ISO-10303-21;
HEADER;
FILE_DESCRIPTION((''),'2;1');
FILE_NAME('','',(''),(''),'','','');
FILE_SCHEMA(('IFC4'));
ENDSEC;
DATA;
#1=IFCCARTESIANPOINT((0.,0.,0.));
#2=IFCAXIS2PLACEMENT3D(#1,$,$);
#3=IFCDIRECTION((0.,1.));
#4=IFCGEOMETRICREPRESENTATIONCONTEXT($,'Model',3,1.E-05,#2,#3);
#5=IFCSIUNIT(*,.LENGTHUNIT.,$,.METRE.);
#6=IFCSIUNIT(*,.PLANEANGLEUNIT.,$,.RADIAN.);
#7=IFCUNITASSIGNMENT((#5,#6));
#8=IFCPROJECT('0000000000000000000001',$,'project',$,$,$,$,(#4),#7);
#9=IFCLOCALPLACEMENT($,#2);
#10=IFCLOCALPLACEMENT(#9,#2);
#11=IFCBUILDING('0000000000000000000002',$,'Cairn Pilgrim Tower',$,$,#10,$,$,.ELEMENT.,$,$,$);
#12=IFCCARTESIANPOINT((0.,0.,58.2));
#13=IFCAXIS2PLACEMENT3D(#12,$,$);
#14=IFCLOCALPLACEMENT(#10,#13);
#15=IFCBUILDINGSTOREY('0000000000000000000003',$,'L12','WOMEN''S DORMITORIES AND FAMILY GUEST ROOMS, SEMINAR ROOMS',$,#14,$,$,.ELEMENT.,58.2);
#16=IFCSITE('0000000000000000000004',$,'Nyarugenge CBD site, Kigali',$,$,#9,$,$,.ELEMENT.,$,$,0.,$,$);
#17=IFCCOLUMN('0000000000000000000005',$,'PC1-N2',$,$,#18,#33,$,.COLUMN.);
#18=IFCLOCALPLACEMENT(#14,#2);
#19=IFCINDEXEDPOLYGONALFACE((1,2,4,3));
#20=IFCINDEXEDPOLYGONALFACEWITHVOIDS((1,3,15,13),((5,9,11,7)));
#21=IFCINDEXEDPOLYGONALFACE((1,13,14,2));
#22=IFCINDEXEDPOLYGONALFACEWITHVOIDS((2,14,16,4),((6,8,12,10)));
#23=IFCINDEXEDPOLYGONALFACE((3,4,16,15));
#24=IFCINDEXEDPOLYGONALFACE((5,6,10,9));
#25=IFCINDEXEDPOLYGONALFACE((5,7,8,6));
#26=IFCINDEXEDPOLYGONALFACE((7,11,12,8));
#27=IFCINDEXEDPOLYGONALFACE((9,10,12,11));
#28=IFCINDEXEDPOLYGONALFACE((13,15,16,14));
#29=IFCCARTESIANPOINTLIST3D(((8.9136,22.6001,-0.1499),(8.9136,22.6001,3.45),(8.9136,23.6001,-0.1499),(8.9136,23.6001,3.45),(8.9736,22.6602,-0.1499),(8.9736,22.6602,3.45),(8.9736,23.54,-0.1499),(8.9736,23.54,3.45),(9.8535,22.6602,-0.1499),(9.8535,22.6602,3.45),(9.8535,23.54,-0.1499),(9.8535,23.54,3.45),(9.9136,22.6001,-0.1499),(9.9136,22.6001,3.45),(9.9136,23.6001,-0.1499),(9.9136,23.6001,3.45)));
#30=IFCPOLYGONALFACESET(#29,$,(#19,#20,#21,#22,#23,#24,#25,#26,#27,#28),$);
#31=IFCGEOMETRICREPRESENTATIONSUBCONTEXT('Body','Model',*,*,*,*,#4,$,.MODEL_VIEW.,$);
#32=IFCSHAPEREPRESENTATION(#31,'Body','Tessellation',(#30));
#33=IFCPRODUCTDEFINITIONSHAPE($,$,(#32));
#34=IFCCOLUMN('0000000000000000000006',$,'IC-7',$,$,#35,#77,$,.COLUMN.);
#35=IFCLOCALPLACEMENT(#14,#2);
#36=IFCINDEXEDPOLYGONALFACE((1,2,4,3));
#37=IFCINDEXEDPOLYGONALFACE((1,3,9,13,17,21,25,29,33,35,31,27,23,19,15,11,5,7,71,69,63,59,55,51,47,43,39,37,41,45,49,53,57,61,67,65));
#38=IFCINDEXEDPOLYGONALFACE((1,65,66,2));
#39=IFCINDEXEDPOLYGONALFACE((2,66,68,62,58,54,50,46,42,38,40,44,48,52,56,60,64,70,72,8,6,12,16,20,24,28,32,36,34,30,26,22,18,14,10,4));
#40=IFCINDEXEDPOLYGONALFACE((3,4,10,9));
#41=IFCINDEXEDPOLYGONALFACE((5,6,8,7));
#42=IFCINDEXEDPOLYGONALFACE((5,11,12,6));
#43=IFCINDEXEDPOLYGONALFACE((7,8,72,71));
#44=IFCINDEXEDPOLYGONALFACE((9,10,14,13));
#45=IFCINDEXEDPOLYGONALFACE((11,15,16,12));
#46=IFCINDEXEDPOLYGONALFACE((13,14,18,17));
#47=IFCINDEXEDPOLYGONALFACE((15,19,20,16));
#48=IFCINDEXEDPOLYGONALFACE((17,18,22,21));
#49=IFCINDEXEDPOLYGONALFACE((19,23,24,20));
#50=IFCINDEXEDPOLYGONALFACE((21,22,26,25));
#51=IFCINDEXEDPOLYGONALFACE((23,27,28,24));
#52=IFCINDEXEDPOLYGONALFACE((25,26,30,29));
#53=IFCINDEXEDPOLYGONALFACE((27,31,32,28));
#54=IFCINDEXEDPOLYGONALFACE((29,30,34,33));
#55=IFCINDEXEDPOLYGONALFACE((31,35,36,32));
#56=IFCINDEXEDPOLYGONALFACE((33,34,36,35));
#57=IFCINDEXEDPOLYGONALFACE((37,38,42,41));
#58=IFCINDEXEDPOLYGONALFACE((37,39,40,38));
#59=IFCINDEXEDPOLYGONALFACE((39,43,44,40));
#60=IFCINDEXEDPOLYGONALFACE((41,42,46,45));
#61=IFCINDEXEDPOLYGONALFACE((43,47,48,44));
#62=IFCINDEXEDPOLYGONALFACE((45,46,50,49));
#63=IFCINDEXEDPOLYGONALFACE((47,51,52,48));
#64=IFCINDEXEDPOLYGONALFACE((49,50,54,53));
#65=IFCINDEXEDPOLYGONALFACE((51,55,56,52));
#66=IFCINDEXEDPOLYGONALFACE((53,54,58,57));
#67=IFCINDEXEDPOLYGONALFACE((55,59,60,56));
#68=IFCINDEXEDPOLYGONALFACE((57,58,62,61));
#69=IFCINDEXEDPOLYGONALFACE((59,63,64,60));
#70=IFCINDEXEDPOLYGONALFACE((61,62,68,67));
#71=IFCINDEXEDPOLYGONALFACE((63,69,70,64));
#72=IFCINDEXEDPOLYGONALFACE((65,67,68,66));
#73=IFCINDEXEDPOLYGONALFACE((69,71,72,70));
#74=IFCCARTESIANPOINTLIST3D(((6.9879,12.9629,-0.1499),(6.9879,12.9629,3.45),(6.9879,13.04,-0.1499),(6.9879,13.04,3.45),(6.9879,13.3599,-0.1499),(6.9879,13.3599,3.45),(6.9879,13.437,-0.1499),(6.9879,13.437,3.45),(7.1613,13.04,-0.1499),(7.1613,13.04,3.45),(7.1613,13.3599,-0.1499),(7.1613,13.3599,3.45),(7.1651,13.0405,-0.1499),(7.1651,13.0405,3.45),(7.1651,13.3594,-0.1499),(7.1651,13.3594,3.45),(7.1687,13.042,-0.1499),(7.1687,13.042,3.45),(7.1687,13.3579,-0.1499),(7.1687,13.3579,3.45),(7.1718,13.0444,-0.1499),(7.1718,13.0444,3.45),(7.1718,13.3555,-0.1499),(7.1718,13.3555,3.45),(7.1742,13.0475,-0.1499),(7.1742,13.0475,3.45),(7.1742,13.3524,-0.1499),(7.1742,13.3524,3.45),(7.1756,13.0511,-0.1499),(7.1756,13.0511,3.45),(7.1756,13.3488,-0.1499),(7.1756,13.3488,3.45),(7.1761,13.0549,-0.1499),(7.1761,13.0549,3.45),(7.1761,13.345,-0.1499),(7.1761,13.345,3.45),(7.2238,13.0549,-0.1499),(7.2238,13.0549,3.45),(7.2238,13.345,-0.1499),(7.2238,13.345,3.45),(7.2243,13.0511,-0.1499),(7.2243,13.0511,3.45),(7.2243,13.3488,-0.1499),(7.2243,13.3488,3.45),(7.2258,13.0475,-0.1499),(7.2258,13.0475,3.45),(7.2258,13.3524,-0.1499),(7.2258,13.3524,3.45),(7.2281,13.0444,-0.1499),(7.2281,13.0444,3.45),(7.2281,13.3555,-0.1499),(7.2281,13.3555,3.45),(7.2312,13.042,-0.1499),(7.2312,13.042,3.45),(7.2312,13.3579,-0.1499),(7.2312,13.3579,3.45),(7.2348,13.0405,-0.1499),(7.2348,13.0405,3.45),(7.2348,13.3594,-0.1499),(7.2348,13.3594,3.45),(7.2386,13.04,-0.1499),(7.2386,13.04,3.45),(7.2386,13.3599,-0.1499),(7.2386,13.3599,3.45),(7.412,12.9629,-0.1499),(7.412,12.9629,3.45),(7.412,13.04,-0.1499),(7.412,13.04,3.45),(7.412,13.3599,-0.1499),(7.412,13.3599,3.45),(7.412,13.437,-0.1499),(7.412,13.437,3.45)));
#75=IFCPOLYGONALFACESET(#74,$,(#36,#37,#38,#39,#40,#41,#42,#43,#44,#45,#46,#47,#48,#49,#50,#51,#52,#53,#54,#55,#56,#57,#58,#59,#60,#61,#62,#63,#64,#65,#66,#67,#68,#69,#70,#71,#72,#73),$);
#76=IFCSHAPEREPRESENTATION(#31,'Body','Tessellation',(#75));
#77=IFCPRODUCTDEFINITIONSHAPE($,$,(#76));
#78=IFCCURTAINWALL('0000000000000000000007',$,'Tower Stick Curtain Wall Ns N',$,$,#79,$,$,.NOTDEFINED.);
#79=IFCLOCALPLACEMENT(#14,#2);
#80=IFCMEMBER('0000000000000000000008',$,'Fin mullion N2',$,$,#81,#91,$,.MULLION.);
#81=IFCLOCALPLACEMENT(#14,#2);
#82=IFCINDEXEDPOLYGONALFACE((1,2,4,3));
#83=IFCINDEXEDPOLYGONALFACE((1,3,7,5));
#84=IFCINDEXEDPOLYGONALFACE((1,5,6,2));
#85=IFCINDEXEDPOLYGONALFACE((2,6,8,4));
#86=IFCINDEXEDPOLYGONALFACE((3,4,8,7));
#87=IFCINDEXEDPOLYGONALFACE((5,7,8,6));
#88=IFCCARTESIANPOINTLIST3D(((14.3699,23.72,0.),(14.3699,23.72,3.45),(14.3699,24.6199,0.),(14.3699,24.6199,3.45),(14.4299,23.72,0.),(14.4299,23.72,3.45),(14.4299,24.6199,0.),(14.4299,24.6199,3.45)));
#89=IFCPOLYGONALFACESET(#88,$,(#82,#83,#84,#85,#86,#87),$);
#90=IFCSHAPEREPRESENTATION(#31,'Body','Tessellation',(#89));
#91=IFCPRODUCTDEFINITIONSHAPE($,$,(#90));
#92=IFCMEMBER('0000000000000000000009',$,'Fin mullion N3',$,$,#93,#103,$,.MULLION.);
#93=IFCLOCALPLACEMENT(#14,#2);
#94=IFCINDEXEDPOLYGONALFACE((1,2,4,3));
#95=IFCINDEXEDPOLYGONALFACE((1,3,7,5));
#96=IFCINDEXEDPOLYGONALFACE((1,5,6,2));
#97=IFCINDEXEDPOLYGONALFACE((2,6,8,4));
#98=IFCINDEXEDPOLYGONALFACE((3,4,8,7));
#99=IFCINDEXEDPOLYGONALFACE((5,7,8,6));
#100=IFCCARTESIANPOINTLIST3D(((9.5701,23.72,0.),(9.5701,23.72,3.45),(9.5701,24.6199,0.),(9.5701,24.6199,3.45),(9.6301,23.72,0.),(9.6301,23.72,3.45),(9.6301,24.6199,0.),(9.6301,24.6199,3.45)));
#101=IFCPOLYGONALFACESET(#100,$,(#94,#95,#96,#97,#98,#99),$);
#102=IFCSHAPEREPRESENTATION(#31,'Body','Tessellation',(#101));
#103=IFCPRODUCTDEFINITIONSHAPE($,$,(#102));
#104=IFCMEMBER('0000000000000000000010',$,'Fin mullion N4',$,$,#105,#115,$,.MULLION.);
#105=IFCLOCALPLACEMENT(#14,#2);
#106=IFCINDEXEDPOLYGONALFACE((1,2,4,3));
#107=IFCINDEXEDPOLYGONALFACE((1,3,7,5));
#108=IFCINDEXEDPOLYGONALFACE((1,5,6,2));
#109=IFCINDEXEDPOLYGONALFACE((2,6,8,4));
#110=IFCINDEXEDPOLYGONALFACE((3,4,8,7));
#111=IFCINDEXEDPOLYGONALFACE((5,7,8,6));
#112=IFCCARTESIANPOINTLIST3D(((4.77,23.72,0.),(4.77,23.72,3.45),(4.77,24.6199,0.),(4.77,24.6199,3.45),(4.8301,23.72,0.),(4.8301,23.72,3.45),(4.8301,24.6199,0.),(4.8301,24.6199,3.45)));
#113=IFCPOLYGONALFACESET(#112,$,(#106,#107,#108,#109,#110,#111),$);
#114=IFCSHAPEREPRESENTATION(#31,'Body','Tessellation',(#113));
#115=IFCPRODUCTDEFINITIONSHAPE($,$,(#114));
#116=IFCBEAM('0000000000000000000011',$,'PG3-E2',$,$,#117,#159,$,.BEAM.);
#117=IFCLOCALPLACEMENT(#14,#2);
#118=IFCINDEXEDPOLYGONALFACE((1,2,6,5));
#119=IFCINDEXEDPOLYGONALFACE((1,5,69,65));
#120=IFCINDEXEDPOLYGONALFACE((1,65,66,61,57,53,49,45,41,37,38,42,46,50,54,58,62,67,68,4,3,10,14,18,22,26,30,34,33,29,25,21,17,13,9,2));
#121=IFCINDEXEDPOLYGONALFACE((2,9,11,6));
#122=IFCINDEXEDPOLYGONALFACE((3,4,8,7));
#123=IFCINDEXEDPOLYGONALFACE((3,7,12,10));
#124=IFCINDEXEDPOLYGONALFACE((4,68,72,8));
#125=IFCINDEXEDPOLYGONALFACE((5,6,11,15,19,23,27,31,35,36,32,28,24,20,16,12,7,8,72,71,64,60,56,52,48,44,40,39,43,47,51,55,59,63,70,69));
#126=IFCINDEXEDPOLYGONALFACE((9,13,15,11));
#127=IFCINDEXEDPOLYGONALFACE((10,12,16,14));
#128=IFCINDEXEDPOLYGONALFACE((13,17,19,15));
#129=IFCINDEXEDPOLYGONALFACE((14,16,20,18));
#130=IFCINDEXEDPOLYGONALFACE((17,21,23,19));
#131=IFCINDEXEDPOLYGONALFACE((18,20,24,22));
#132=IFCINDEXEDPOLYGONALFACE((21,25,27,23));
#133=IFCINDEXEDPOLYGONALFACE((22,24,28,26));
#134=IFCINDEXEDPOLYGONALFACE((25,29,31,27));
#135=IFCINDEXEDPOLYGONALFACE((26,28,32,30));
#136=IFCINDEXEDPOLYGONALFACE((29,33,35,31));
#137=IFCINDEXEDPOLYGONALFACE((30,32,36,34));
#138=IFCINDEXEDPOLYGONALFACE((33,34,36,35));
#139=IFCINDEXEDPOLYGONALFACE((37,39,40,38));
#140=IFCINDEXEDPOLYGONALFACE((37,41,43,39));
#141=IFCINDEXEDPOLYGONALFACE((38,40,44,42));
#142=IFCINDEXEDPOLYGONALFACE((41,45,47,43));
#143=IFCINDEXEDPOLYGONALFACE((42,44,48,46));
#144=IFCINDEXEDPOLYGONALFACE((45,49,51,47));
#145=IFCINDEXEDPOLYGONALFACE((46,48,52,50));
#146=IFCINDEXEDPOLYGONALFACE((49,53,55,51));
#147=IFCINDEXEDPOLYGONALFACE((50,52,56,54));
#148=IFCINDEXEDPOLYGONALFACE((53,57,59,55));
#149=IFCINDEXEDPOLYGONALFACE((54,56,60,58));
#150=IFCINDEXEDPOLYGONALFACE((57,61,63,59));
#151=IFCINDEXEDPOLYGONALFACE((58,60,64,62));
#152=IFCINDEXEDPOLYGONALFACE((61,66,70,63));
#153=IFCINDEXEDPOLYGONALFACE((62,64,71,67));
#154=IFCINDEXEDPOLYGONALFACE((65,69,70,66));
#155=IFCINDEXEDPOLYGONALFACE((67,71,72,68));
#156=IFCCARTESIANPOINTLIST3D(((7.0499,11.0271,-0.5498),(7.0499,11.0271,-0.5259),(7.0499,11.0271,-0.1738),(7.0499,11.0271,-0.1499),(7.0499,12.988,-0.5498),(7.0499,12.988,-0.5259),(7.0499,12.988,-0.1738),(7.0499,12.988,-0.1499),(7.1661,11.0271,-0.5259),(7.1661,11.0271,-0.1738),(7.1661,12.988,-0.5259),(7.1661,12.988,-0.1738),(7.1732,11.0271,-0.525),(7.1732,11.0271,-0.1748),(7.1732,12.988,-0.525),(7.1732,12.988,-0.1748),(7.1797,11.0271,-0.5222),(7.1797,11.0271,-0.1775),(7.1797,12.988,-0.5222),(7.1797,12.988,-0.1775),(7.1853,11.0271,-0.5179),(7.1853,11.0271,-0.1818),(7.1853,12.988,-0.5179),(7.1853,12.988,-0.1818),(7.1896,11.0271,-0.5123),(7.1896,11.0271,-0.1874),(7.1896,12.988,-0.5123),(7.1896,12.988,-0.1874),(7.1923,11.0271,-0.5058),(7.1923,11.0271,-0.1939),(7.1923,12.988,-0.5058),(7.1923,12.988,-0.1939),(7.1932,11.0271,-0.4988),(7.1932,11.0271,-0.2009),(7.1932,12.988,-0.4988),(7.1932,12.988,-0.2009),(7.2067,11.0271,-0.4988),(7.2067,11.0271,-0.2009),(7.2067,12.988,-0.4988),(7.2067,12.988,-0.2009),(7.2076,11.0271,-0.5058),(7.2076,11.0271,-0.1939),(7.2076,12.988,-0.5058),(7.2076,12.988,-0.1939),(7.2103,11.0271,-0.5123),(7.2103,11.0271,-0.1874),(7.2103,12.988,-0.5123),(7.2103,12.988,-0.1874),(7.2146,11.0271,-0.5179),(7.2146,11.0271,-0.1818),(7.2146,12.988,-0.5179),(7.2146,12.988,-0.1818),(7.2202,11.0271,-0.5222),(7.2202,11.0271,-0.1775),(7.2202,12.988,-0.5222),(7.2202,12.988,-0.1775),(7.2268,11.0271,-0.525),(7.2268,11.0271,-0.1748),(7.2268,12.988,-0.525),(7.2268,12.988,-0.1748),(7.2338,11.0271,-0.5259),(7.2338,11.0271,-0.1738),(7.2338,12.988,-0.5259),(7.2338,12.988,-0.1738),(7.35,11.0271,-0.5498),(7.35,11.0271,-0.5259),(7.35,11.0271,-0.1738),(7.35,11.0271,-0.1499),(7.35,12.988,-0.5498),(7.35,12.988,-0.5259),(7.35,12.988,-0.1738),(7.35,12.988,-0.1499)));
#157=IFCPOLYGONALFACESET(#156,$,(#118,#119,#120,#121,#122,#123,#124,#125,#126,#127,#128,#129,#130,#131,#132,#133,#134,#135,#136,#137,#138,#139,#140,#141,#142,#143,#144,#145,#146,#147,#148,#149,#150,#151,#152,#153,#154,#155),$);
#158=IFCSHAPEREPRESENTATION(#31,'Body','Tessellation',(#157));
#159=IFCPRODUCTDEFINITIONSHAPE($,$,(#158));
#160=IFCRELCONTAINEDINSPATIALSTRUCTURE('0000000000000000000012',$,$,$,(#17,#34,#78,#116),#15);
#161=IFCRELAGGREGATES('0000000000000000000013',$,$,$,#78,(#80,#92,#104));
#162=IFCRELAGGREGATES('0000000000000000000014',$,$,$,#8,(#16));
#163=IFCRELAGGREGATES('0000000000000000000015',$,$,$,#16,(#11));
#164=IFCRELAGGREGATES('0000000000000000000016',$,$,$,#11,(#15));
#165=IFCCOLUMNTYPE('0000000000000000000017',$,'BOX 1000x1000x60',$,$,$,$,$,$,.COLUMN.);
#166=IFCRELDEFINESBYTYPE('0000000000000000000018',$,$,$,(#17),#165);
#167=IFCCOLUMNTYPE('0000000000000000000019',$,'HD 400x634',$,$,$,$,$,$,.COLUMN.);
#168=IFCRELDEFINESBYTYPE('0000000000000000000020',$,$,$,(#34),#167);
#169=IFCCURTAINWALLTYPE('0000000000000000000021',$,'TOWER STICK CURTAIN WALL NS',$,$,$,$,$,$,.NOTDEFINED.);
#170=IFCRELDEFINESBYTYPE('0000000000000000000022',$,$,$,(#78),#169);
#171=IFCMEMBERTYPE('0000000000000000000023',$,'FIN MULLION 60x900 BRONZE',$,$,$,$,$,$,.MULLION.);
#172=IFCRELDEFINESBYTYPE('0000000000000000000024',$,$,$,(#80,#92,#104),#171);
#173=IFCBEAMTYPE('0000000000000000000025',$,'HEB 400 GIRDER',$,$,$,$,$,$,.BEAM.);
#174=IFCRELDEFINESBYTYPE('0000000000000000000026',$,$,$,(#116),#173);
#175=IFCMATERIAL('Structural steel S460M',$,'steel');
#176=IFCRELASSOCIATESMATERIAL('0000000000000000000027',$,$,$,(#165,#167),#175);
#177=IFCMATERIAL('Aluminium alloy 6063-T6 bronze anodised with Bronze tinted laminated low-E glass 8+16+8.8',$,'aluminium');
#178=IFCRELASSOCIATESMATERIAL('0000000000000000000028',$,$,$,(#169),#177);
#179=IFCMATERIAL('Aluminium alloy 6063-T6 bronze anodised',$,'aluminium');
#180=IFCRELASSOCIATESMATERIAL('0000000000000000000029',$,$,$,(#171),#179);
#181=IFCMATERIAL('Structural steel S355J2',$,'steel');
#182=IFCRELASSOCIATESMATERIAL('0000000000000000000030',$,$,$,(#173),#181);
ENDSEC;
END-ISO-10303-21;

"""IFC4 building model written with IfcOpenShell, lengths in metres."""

from ifc_helpers import new_model, si_unit, direction, frame, origin, origin_2d, place, context, subcontext, project, spatial, rectangle, hollow_rectangle, i_section, extrude, material, material_profile, profile_set, type_object, element, aggregate, save


model = new_model("IFC4")

# Units and contexts
model_context = context("Model", 3, precision=1e-05, world=origin(), true_north=direction((0.0, 1.0)))
body_context = subcontext(model_context, "Body", "Model", "MODEL_VIEW")
ifc_project = project(units=[si_unit("LENGTHUNIT", "METRE"), si_unit("PLANEANGLEUNIT", "RADIAN")], contexts=[model_context])

# Site, building, storey
site_placement = place(None, origin())
site = spatial("IfcSite", under=ifc_project, at=site_placement, Name="Nyarugenge CBD site, Kigali", CompositionType="ELEMENT", RefElevation=0.0)
building_placement = place(site_placement, origin())
building = spatial("IfcBuilding", under=site, at=building_placement, Name="Cairn Pilgrim Tower", CompositionType="ELEMENT")
storey_placement = place(building_placement, frame((0.0, 0.0, 58.2)))
storey = spatial("IfcBuildingStorey", under=building, at=storey_placement, Name="L12", Description="WOMEN'S DORMITORIES AND FAMILY GUEST ROOMS, SEMINAR ROOMS", CompositionType="ELEMENT", Elevation=58.2)

# Columns
ifc_material_1 = material(Name="Structural steel S460M", Category="steel")
ifc_material_profile_1 = material_profile(ifc_material_1, hollow_rectangle(XDim=1.0, YDim=1.0, WallThickness=0.0601, at=origin_2d()), Name="BOX 1000x1000x60")
ifc_profile_set_1 = profile_set([ifc_material_profile_1], Name="Structural steel S460M")
column_type_1 = type_object("IfcColumnType", Name="BOX 1000x1000x60", PredefinedType="COLUMN", material=ifc_profile_set_1)
column_1_placement = place(storey_placement, frame((9.4136, 23.1001, -0.1499), z_axis=(0.0, 0.0, 1.0), x_axis=(1.0, 0.0, 0.0)))
element("IfcColumn", 1, at=column_1_placement, inside=storey, type_object=column_type_1, Name="PC1-N2", PredefinedType="COLUMN", context=body_context, shape_type="SweptSolid", body=[
    extrude(hollow_rectangle(XDim=1.0, YDim=1.0, WallThickness=0.0601, at=origin_2d()), origin(), (0.0, 0.0, 1.0), 3.5999),
])
ifc_material_profile_2 = material_profile(ifc_material_1, i_section(OverallWidth=0.4241, OverallDepth=0.4741, WebThickness=0.0476, FlangeThickness=0.0771, FilletRadius=0.0149, at=origin_2d()), Name="HD 400x634")
ifc_profile_set_2 = profile_set([ifc_material_profile_2], Name="Structural steel S460M")
column_type_2 = type_object("IfcColumnType", Name="HD 400x634", PredefinedType="COLUMN", material=ifc_profile_set_2)
column_2_placement = place(storey_placement, frame((7.2, 13.2, -0.1499), z_axis=(0.0, 0.0, 1.0), x_axis=(1.0, 0.0, 0.0)))
element("IfcColumn", 2, at=column_2_placement, inside=storey, type_object=column_type_2, Name="IC-7", PredefinedType="COLUMN", context=body_context, shape_type="SweptSolid", body=[
    extrude(i_section(OverallWidth=0.4241, OverallDepth=0.4741, WebThickness=0.0476, FlangeThickness=0.0771, FilletRadius=0.0149, at=origin_2d()), origin(), (0.0, 0.0, 1.0), 3.5999),
])

# Curtain wall, members
ifc_material_2 = material(Name="Aluminium alloy 6063-T6 bronze anodised with Bronze tinted laminated low-E glass 8+16+8.8", Category="aluminium")
curtain_wall_type = type_object("IfcCurtainWallType", Name="TOWER STICK CURTAIN WALL NS", PredefinedType="NOTDEFINED", material=ifc_material_2)
curtain_wall_placement = place(storey_placement, origin())
curtain_wall = element("IfcCurtainWall", 3, at=curtain_wall_placement, inside=storey, type_object=curtain_wall_type, Name="Tower Stick Curtain Wall Ns N", PredefinedType="NOTDEFINED")
ifc_material_3 = material(Name="Aluminium alloy 6063-T6 bronze anodised", Category="aluminium")
ifc_material_profile_3 = material_profile(ifc_material_3, rectangle(XDim=0.8999, YDim=0.0601, at=origin_2d()), Name="FIN MULLION 60x900 BRONZE")
ifc_profile_set_3 = profile_set([ifc_material_profile_3], Name="Aluminium alloy 6063-T6 bronze anodised")
member_type_1 = type_object("IfcMemberType", Name="FIN MULLION 60x900 BRONZE", PredefinedType="MULLION", material=ifc_profile_set_3)
member_1_placement = place(storey_placement, frame((14.3999, 24.1699, 0.0), z_axis=(0.0, 0.0, 1.0), x_axis=(0.0, 1.0, 0.0)))
member_1 = element("IfcMember", 4, at=member_1_placement, type_object=member_type_1, Name="Fin mullion N2", PredefinedType="MULLION", context=body_context, shape_type="SweptSolid", body=[
    extrude(rectangle(XDim=0.8999, YDim=0.0601, at=origin_2d()), origin(), (0.0, 0.0, 1.0), 3.45),
])
member_2_placement = place(storey_placement, frame((9.6001, 24.1699, 0.0), z_axis=(0.0, 0.0, 1.0), x_axis=(0.0, 1.0, 0.0)))
member_2 = element("IfcMember", 5, at=member_2_placement, type_object=member_type_1, Name="Fin mullion N3", PredefinedType="MULLION", context=body_context, shape_type="SweptSolid", body=[
    extrude(rectangle(XDim=0.8999, YDim=0.0601, at=origin_2d()), origin(), (0.0, 0.0, 1.0), 3.45),
])
member_3_placement = place(storey_placement, frame((4.8, 24.1699, 0.0), z_axis=(0.0, 0.0, 1.0), x_axis=(0.0, 1.0, 0.0)))
member_3 = element("IfcMember", 6, at=member_3_placement, type_object=member_type_1, Name="Fin mullion N4", PredefinedType="MULLION", context=body_context, shape_type="SweptSolid", body=[
    extrude(rectangle(XDim=0.8999, YDim=0.0601, at=origin_2d()), origin(), (0.0, 0.0, 1.0), 3.45),
])

# Beam
ifc_material_4 = material(Name="Structural steel S355J2", Category="steel")
ifc_material_profile_4 = material_profile(ifc_material_4, i_section(OverallWidth=0.3, OverallDepth=0.3999, WebThickness=0.0134, FlangeThickness=0.0239, FilletRadius=0.0271, at=origin_2d()), Name="HEB 400")
ifc_profile_set_4 = profile_set([ifc_material_profile_4], Name="Structural steel S355J2")
beam_type_1 = type_object("IfcBeamType", Name="HEB 400 GIRDER", PredefinedType="BEAM", material=ifc_profile_set_4)
beam_1_placement = place(storey_placement, frame((7.2, 11.0271, -0.3499), z_axis=(0.0, 1.0, 0.0), x_axis=(-1.0, 0.0, 0.0)))
element("IfcBeam", 7, at=beam_1_placement, inside=storey, type_object=beam_type_1, Name="PG3-E2", PredefinedType="BEAM", context=body_context, shape_type="SweptSolid", body=[
    extrude(i_section(OverallWidth=0.3, OverallDepth=0.3999, WebThickness=0.0134, FlangeThickness=0.0239, FilletRadius=0.0271, at=origin_2d()), origin(), (0.0, 0.0, 1.0), 1.9609),
])

aggregate(curtain_wall, [member_1, member_2, member_3])

save(model, "model.ifc")
